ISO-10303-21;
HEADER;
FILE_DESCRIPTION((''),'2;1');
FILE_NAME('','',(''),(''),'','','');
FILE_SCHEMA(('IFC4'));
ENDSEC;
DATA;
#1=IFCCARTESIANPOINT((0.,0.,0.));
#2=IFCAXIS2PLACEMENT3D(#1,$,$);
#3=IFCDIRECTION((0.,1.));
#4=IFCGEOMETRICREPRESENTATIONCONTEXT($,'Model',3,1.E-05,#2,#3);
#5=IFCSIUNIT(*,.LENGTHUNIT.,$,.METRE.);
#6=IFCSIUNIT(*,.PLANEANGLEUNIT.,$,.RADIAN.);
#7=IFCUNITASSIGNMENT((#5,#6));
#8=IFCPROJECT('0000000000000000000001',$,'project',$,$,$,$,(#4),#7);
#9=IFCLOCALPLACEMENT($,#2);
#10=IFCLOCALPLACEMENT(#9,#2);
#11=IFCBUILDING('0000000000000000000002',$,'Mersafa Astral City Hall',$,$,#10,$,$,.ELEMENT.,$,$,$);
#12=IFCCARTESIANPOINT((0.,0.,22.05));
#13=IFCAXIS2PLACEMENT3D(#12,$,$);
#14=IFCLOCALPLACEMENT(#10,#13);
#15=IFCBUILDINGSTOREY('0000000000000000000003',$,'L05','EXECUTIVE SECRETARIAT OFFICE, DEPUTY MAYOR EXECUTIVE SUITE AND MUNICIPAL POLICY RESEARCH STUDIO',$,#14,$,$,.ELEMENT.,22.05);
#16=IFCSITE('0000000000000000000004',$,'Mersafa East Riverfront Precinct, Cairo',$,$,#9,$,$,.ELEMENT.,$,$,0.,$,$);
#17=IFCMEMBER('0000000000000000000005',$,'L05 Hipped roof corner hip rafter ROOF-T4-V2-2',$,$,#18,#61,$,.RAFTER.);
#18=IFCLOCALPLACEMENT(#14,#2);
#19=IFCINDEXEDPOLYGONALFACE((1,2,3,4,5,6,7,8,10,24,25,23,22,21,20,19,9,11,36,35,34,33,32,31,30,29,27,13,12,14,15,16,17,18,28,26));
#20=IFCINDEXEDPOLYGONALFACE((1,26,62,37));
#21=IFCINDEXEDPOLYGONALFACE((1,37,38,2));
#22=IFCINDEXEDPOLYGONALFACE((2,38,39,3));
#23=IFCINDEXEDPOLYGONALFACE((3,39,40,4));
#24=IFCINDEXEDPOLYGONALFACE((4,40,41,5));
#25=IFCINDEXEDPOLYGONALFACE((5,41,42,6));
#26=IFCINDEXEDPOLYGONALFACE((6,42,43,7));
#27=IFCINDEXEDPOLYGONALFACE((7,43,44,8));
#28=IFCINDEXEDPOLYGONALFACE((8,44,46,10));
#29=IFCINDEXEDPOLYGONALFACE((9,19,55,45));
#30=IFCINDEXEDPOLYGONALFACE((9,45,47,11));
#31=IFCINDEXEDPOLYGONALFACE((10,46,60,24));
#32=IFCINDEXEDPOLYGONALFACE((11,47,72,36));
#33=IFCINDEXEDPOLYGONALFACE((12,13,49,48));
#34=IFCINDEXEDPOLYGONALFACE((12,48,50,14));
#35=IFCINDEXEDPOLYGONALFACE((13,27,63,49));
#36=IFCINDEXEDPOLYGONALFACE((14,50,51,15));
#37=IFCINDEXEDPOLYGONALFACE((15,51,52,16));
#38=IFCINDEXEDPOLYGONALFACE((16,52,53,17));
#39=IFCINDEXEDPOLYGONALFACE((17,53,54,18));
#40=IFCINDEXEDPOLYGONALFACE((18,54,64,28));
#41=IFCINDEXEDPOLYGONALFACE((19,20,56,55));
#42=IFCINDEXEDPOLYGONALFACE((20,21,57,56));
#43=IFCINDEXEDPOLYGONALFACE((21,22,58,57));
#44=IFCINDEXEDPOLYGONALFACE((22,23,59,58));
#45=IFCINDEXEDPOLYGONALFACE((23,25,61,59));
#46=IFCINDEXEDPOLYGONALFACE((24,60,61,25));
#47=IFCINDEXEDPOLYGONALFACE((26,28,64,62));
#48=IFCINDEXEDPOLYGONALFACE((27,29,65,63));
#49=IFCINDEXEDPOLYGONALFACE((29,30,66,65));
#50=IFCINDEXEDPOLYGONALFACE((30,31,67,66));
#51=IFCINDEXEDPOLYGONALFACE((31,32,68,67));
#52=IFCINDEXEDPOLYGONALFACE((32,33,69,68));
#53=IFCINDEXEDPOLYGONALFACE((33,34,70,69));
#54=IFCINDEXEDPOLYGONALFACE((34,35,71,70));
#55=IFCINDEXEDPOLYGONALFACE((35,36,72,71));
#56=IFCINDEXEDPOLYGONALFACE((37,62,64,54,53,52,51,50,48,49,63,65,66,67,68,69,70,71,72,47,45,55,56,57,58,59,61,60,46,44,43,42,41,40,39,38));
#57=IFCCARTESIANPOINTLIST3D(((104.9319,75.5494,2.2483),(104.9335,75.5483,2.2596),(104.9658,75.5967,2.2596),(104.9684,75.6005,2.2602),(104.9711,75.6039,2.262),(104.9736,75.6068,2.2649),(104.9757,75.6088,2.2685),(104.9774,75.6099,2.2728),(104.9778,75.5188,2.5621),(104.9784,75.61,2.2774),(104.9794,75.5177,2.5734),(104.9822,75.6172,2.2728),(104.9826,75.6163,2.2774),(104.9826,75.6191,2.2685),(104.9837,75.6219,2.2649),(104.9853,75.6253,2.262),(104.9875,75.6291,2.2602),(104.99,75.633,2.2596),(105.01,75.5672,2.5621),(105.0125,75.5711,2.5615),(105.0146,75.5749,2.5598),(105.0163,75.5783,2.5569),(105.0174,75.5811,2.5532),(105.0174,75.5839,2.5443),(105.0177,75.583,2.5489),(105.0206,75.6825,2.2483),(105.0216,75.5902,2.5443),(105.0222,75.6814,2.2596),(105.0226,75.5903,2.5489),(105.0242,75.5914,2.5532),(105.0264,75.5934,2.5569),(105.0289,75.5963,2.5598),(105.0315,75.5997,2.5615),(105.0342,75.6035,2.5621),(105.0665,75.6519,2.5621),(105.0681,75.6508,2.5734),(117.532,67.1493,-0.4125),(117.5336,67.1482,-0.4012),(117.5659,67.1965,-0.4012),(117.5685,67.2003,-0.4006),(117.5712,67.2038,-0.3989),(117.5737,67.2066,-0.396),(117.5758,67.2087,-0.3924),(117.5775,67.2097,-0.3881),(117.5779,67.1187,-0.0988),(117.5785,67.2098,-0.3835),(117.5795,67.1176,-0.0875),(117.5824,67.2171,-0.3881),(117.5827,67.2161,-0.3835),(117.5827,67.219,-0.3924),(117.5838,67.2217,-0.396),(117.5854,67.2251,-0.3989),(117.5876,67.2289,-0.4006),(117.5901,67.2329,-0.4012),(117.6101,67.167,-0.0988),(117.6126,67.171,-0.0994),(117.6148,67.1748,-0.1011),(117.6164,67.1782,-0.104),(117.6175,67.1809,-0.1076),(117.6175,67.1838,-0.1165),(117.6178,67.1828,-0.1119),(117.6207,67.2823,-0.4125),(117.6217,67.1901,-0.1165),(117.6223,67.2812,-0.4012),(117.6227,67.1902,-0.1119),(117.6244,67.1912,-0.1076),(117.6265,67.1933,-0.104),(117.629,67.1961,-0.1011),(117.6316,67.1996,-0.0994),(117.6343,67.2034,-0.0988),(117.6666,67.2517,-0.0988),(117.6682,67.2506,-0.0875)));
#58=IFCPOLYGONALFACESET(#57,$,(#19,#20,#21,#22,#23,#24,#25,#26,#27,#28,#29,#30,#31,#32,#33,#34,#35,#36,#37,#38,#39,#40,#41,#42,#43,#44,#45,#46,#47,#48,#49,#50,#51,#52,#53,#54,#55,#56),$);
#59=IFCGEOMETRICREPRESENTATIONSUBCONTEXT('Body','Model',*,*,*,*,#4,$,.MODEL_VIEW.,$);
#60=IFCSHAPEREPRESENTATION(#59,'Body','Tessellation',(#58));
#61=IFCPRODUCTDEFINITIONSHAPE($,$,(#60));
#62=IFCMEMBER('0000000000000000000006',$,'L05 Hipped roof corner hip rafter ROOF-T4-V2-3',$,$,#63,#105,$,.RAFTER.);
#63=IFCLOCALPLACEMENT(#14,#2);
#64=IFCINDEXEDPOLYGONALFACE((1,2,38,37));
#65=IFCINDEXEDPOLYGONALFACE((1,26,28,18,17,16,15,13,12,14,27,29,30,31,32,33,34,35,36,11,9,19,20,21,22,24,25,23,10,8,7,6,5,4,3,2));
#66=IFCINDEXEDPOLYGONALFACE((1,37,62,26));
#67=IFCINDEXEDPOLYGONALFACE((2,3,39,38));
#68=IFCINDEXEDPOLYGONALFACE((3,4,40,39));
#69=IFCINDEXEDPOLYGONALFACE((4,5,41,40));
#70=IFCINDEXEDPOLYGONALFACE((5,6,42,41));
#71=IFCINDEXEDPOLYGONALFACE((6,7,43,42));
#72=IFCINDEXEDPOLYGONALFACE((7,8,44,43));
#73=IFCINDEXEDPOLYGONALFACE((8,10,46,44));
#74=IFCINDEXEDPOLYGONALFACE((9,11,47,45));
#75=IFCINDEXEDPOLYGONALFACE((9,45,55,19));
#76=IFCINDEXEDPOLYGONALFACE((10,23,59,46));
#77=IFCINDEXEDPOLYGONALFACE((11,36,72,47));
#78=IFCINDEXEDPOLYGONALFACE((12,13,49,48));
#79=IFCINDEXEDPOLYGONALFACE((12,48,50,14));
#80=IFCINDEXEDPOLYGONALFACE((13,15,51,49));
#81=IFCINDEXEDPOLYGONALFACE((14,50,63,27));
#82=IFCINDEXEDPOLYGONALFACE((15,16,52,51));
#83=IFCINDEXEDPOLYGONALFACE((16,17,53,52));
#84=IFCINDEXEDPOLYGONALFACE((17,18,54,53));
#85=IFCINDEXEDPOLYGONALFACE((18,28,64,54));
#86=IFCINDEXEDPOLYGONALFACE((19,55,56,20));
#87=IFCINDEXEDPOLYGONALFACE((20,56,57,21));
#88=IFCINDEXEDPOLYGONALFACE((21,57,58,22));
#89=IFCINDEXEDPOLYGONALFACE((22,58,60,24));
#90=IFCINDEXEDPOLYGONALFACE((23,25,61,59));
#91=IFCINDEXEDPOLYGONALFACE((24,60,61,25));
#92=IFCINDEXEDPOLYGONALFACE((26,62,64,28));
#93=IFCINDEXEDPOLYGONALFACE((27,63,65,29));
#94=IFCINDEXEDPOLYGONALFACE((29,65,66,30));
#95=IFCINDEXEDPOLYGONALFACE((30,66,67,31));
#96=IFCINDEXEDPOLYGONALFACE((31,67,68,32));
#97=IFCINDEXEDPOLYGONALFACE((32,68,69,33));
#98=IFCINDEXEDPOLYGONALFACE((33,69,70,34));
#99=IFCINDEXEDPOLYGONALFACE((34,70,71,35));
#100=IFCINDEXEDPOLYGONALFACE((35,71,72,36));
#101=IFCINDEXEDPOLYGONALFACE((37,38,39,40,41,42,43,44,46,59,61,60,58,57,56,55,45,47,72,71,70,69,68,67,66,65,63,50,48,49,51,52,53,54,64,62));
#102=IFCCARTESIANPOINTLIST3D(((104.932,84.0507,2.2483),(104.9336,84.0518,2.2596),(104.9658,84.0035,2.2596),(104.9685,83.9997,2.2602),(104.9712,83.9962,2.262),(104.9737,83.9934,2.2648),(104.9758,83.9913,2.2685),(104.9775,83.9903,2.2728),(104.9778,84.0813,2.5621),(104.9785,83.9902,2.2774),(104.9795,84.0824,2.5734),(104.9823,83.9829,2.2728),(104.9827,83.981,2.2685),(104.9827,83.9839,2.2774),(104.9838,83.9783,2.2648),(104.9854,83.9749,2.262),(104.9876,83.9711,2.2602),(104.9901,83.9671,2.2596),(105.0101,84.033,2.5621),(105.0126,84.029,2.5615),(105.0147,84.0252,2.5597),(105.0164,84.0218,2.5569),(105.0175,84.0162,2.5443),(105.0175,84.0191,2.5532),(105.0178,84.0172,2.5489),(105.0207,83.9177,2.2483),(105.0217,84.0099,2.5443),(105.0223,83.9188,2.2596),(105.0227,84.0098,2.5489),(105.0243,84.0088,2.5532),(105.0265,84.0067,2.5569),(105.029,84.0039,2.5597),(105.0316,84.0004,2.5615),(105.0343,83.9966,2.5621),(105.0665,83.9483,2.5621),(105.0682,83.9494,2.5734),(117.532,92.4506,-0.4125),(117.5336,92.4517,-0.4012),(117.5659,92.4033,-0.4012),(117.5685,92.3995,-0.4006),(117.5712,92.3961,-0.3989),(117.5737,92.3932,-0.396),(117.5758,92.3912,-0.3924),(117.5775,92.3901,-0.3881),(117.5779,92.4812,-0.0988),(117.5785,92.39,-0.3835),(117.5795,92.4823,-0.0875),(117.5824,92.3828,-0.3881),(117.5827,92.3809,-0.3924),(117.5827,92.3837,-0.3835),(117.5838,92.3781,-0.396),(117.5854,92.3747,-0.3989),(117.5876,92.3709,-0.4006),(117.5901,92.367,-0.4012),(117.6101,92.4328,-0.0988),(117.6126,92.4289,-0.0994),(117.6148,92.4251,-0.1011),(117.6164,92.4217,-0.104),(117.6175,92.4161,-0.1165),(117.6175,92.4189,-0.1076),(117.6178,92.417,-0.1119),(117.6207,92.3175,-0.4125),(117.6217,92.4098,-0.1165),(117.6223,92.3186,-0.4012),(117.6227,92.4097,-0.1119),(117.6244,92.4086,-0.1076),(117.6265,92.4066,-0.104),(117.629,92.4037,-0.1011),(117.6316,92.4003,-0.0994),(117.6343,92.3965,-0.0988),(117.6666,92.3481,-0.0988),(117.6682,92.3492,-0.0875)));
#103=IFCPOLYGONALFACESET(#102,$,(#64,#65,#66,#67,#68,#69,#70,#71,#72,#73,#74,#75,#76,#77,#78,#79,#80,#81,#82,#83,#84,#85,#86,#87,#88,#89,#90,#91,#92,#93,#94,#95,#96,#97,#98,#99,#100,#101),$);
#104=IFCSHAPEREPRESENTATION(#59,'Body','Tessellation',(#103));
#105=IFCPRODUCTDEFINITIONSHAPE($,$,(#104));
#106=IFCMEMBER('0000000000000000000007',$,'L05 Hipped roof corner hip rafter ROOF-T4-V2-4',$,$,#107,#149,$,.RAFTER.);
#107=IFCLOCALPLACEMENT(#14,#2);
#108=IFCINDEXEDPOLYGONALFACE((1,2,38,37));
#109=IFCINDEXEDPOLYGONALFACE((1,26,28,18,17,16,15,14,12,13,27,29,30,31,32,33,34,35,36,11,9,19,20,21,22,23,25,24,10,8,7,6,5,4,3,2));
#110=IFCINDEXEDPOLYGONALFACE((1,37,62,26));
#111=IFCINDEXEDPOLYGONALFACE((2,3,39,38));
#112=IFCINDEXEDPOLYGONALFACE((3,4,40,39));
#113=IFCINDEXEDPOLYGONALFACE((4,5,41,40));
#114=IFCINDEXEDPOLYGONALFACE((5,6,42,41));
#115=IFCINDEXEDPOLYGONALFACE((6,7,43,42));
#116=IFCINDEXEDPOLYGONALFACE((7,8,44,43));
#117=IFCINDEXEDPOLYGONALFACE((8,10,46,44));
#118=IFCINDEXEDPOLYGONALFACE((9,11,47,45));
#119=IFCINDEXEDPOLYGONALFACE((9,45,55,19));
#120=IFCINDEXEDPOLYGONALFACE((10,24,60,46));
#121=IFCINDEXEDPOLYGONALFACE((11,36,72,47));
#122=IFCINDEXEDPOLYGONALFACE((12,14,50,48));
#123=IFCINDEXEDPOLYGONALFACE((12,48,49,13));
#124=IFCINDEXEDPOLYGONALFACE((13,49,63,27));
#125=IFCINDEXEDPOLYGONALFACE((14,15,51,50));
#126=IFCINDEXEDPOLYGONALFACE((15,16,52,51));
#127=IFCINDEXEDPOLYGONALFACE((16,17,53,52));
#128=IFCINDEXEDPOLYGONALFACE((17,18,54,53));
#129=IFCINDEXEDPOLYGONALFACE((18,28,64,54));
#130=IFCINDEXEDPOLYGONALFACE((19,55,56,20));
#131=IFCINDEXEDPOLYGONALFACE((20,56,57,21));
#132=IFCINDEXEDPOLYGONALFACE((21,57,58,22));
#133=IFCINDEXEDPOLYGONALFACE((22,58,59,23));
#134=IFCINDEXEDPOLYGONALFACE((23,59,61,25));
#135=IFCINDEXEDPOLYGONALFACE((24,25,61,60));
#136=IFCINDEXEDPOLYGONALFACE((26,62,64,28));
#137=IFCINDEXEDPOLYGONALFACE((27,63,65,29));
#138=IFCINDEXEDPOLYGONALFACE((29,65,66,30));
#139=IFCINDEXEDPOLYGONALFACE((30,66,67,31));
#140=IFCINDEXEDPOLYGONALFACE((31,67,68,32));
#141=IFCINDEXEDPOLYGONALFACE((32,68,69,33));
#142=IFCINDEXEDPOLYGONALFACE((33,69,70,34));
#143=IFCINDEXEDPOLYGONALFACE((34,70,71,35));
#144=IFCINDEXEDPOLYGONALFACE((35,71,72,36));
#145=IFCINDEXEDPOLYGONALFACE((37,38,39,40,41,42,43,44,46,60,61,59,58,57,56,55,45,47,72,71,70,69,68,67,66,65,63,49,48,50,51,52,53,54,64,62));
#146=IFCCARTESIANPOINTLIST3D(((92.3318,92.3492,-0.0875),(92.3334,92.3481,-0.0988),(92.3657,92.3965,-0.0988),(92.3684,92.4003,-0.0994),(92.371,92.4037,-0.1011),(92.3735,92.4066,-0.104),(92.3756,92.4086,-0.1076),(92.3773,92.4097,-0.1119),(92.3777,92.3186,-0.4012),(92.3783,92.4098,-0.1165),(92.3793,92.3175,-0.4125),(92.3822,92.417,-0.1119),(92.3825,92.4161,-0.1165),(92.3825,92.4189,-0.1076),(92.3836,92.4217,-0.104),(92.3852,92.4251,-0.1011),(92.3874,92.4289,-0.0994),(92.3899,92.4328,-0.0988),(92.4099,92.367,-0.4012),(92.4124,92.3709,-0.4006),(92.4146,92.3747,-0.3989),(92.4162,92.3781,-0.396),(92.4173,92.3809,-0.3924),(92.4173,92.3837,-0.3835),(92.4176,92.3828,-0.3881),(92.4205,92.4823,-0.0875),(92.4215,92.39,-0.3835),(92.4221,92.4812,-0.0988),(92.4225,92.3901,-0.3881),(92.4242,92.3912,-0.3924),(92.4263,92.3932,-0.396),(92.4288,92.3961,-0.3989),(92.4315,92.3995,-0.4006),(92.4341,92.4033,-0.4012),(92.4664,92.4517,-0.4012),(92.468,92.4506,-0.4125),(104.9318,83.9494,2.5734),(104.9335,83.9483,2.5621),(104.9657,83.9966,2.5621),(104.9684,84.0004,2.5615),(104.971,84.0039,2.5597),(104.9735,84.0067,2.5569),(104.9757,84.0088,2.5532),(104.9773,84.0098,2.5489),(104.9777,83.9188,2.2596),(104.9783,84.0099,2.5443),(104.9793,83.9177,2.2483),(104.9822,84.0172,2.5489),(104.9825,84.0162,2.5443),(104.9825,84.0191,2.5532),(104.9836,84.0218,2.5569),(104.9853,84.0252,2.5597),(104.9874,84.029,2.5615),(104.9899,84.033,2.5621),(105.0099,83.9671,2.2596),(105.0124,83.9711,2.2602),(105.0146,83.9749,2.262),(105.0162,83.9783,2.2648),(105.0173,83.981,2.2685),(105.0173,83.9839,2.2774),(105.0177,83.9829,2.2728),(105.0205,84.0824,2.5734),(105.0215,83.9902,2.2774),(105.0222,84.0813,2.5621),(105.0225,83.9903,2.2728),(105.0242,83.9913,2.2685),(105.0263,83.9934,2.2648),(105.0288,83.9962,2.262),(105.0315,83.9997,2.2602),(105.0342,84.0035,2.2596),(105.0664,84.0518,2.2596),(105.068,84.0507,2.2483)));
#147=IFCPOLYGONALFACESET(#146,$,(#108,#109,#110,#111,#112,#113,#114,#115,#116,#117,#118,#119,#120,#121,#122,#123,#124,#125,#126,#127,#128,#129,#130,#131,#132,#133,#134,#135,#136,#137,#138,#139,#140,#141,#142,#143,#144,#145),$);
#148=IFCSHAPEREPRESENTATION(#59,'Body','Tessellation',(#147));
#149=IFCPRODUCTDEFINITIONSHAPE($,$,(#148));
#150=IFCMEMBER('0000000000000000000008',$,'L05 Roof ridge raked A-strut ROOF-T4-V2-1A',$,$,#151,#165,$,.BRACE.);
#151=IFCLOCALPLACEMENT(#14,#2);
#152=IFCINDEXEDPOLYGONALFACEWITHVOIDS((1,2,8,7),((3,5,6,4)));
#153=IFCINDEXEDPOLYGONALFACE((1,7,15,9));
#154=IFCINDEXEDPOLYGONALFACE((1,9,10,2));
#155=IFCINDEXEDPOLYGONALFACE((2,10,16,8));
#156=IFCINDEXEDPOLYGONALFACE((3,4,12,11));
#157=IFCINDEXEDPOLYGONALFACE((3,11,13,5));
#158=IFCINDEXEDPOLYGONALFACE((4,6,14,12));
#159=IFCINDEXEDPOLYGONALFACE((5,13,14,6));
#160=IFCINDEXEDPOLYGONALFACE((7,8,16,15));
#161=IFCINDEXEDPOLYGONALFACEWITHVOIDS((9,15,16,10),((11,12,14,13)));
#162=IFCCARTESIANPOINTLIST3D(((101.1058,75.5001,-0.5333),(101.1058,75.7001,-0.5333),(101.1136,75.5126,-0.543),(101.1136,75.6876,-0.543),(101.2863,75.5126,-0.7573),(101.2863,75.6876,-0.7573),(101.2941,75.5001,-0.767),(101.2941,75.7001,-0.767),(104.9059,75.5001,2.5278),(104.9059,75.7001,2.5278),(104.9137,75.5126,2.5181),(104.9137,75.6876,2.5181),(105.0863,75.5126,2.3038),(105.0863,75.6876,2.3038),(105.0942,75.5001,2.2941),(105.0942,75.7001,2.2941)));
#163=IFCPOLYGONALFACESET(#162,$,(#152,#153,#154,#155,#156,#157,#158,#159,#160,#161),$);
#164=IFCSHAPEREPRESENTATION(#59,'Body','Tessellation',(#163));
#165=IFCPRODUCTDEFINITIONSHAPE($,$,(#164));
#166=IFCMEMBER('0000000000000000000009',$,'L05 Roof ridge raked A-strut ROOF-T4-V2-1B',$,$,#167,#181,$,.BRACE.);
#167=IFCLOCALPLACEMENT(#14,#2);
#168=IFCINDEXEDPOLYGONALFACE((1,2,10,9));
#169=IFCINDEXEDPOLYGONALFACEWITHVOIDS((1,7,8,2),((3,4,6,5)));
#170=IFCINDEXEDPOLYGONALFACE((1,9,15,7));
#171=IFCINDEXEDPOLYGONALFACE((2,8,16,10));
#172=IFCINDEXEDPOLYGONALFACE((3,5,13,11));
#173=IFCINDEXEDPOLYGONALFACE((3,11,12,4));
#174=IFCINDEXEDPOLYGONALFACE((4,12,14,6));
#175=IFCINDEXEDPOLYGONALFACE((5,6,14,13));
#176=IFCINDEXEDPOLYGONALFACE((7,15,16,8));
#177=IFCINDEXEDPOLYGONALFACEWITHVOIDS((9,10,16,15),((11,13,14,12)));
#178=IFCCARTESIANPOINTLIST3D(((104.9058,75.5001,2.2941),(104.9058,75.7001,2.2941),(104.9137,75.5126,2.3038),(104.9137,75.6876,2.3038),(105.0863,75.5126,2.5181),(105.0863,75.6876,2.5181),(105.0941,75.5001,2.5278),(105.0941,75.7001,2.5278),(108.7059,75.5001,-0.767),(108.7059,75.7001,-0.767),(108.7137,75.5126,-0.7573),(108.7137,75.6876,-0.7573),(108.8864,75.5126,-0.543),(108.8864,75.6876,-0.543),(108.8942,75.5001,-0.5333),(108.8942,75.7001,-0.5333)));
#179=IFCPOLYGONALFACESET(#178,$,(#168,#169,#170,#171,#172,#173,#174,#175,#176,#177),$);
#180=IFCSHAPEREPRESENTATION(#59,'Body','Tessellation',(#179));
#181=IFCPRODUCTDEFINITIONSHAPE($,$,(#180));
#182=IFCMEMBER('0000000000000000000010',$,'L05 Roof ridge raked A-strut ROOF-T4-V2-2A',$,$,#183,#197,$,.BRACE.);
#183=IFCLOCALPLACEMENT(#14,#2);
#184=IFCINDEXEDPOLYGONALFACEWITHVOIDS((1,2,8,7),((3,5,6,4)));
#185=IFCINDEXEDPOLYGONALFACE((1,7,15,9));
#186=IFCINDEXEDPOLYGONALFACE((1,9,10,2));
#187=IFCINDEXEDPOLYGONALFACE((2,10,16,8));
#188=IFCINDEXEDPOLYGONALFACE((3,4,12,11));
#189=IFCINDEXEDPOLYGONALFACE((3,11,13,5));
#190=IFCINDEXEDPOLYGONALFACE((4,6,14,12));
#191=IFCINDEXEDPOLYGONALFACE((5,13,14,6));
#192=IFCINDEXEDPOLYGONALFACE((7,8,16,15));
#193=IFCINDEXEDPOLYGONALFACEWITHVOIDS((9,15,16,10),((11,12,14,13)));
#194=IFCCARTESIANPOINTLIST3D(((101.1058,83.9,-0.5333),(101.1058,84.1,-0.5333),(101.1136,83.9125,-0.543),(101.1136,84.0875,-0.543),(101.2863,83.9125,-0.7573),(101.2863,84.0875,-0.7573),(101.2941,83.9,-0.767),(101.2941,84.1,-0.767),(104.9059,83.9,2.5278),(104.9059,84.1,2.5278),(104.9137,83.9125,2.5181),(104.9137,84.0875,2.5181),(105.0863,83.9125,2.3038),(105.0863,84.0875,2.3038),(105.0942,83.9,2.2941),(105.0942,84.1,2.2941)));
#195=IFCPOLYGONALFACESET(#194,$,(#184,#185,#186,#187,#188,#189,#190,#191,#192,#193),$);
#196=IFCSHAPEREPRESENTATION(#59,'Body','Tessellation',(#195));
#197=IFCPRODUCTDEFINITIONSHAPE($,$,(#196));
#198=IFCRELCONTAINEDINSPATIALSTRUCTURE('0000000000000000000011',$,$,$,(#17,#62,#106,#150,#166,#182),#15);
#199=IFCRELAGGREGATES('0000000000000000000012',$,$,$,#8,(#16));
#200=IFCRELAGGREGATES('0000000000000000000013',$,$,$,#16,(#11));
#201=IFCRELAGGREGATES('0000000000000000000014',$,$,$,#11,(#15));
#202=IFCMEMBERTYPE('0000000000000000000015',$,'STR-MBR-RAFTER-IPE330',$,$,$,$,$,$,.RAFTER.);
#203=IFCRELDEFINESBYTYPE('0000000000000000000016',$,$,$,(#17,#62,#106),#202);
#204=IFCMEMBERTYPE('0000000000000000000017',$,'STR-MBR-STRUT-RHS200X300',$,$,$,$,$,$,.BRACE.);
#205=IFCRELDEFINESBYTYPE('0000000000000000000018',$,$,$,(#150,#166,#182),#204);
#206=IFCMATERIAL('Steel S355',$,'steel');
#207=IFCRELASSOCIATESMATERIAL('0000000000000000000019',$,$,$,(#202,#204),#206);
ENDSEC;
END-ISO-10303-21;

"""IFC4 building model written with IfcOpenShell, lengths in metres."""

from ifc_helpers import new_model, si_unit, direction, frame, origin, origin_2d, place, context, subcontext, project, spatial, hollow_rectangle, i_section, extrude, material, material_profile, profile_set, type_object, element, save


model = new_model("IFC4")

# Units and contexts
model_context = context("Model", 3, precision=1e-05, world=origin(), true_north=direction((0.0, 1.0)))
body_context = subcontext(model_context, "Body", "Model", "MODEL_VIEW")
ifc_project = project(units=[si_unit("LENGTHUNIT", "METRE"), si_unit("PLANEANGLEUNIT", "RADIAN")], contexts=[model_context])

# Site, building, storey
site_placement = place(None, origin())
site = spatial("IfcSite", under=ifc_project, at=site_placement, Name="Mersafa East Riverfront Precinct, Cairo", CompositionType="ELEMENT", RefElevation=0.0)
building_placement = place(site_placement, origin())
building = spatial("IfcBuilding", under=site, at=building_placement, Name="Mersafa Astral City Hall", CompositionType="ELEMENT")
storey_placement = place(building_placement, frame((0.0, 0.0, 22.05)))
storey = spatial("IfcBuildingStorey", under=building, at=storey_placement, Name="L05", Description="EXECUTIVE SECRETARIAT OFFICE, DEPUTY MAYOR EXECUTIVE SUITE AND MUNICIPAL POLICY RESEARCH STUDIO", CompositionType="ELEMENT", Elevation=22.05)

# Shared definitions
ifc_material_1 = material(Name="Steel S355", Category="steel")

# Members
ifc_material_profile_1 = material_profile(ifc_material_1, i_section(OverallWidth=0.1599, OverallDepth=0.3301, WebThickness=0.0076, FlangeThickness=0.0115, FilletRadius=0.0181, at=origin_2d()), Name="IPE 330")
ifc_profile_set_1 = profile_set([ifc_material_profile_1], Name="Steel S355")
member_type_1 = type_object("IfcMemberType", Name="STR-MBR-RAFTER-IPE330", PredefinedType="RAFTER", material=ifc_profile_set_1)
member_placement = place(storey_placement, frame((117.6001, 67.2, -0.25), z_axis=(-0.819493, 0.546334, 0.173061), x_axis=(-0.554704, -0.832048, 0.0)))
element("IfcMember", 1, at=member_placement, inside=storey, type_object=member_type_1, Name="L05 Hipped roof corner hip rafter ROOF-T4-V2-2", PredefinedType="RAFTER", context=body_context, shape_type="SweptSolid", body=[
    extrude(i_section(OverallWidth=0.1599, OverallDepth=0.3301, WebThickness=0.0076, FlangeThickness=0.0115, FilletRadius=0.0181, at=origin_2d()), origin(), (0.0, 0.0, 1.0), 15.3755),
])
for number, where, z_axis, x_axis, name in (
    (2, (117.6001, 92.3999, -0.25), (-0.8195, -0.546323, 0.173062), (0.554693, -0.832055, 0.0), "L05 Hipped roof corner hip rafter ROOF-T4-V2-3"),
    (3, (92.3999, 92.3999, -0.25), (0.8195, -0.546323, 0.173062), (0.554693, 0.832055, 0.0), "L05 Hipped roof corner hip rafter ROOF-T4-V2-4"),
):
    element("IfcMember", number, at=place(storey_placement, frame(where, z_axis=z_axis, x_axis=x_axis)), inside=storey, type_object=member_type_1, Name=name, PredefinedType="RAFTER", context=body_context, shape_type="SweptSolid", body=[
        extrude(i_section(OverallWidth=0.1599, OverallDepth=0.3301, WebThickness=0.0076, FlangeThickness=0.0115, FilletRadius=0.0181, at=origin_2d()), origin(), (0.0, 0.0, 1.0), 15.3752),
    ])
ifc_material_profile_2 = material_profile(ifc_material_1, hollow_rectangle(XDim=0.2, YDim=0.3, WallThickness=0.0125, at=origin_2d()), Name="RHS 200x300x12.5")
ifc_profile_set_2 = profile_set([ifc_material_profile_2], Name="Steel S355")
member_type_2 = type_object("IfcMemberType", Name="STR-MBR-STRUT-RHS200X300", PredefinedType="BRACE", material=ifc_profile_set_2)
for number, where, z_axis, x_axis, name in (
    (4, (101.2, 75.6001, -0.6501), (0.778765, 0.0, 0.627315), (0.0, 1.0, 0.0), "L05 Roof ridge raked A-strut ROOF-T4-V2-1A"),
    (5, (108.8, 75.6001, -0.6501), (-0.778765, 0.0, 0.627315), (0.0, -1.0, 0.0), "L05 Roof ridge raked A-strut ROOF-T4-V2-1B"),
    (6, (101.2, 84.0, -0.6501), (0.778765, 0.0, 0.627315), (0.0, 1.0, 0.0), "L05 Roof ridge raked A-strut ROOF-T4-V2-2A"),
):
    element("IfcMember", number, at=place(storey_placement, frame(where, z_axis=z_axis, x_axis=x_axis)), inside=storey, type_object=member_type_2, Name=name, PredefinedType="BRACE", context=body_context, shape_type="SweptSolid", body=[
        extrude(hollow_rectangle(XDim=0.2, YDim=0.3, WallThickness=0.0125, at=origin_2d()), origin(), (0.0, 0.0, 1.0), 4.8796),
    ])

save(model, "model.ifc")
